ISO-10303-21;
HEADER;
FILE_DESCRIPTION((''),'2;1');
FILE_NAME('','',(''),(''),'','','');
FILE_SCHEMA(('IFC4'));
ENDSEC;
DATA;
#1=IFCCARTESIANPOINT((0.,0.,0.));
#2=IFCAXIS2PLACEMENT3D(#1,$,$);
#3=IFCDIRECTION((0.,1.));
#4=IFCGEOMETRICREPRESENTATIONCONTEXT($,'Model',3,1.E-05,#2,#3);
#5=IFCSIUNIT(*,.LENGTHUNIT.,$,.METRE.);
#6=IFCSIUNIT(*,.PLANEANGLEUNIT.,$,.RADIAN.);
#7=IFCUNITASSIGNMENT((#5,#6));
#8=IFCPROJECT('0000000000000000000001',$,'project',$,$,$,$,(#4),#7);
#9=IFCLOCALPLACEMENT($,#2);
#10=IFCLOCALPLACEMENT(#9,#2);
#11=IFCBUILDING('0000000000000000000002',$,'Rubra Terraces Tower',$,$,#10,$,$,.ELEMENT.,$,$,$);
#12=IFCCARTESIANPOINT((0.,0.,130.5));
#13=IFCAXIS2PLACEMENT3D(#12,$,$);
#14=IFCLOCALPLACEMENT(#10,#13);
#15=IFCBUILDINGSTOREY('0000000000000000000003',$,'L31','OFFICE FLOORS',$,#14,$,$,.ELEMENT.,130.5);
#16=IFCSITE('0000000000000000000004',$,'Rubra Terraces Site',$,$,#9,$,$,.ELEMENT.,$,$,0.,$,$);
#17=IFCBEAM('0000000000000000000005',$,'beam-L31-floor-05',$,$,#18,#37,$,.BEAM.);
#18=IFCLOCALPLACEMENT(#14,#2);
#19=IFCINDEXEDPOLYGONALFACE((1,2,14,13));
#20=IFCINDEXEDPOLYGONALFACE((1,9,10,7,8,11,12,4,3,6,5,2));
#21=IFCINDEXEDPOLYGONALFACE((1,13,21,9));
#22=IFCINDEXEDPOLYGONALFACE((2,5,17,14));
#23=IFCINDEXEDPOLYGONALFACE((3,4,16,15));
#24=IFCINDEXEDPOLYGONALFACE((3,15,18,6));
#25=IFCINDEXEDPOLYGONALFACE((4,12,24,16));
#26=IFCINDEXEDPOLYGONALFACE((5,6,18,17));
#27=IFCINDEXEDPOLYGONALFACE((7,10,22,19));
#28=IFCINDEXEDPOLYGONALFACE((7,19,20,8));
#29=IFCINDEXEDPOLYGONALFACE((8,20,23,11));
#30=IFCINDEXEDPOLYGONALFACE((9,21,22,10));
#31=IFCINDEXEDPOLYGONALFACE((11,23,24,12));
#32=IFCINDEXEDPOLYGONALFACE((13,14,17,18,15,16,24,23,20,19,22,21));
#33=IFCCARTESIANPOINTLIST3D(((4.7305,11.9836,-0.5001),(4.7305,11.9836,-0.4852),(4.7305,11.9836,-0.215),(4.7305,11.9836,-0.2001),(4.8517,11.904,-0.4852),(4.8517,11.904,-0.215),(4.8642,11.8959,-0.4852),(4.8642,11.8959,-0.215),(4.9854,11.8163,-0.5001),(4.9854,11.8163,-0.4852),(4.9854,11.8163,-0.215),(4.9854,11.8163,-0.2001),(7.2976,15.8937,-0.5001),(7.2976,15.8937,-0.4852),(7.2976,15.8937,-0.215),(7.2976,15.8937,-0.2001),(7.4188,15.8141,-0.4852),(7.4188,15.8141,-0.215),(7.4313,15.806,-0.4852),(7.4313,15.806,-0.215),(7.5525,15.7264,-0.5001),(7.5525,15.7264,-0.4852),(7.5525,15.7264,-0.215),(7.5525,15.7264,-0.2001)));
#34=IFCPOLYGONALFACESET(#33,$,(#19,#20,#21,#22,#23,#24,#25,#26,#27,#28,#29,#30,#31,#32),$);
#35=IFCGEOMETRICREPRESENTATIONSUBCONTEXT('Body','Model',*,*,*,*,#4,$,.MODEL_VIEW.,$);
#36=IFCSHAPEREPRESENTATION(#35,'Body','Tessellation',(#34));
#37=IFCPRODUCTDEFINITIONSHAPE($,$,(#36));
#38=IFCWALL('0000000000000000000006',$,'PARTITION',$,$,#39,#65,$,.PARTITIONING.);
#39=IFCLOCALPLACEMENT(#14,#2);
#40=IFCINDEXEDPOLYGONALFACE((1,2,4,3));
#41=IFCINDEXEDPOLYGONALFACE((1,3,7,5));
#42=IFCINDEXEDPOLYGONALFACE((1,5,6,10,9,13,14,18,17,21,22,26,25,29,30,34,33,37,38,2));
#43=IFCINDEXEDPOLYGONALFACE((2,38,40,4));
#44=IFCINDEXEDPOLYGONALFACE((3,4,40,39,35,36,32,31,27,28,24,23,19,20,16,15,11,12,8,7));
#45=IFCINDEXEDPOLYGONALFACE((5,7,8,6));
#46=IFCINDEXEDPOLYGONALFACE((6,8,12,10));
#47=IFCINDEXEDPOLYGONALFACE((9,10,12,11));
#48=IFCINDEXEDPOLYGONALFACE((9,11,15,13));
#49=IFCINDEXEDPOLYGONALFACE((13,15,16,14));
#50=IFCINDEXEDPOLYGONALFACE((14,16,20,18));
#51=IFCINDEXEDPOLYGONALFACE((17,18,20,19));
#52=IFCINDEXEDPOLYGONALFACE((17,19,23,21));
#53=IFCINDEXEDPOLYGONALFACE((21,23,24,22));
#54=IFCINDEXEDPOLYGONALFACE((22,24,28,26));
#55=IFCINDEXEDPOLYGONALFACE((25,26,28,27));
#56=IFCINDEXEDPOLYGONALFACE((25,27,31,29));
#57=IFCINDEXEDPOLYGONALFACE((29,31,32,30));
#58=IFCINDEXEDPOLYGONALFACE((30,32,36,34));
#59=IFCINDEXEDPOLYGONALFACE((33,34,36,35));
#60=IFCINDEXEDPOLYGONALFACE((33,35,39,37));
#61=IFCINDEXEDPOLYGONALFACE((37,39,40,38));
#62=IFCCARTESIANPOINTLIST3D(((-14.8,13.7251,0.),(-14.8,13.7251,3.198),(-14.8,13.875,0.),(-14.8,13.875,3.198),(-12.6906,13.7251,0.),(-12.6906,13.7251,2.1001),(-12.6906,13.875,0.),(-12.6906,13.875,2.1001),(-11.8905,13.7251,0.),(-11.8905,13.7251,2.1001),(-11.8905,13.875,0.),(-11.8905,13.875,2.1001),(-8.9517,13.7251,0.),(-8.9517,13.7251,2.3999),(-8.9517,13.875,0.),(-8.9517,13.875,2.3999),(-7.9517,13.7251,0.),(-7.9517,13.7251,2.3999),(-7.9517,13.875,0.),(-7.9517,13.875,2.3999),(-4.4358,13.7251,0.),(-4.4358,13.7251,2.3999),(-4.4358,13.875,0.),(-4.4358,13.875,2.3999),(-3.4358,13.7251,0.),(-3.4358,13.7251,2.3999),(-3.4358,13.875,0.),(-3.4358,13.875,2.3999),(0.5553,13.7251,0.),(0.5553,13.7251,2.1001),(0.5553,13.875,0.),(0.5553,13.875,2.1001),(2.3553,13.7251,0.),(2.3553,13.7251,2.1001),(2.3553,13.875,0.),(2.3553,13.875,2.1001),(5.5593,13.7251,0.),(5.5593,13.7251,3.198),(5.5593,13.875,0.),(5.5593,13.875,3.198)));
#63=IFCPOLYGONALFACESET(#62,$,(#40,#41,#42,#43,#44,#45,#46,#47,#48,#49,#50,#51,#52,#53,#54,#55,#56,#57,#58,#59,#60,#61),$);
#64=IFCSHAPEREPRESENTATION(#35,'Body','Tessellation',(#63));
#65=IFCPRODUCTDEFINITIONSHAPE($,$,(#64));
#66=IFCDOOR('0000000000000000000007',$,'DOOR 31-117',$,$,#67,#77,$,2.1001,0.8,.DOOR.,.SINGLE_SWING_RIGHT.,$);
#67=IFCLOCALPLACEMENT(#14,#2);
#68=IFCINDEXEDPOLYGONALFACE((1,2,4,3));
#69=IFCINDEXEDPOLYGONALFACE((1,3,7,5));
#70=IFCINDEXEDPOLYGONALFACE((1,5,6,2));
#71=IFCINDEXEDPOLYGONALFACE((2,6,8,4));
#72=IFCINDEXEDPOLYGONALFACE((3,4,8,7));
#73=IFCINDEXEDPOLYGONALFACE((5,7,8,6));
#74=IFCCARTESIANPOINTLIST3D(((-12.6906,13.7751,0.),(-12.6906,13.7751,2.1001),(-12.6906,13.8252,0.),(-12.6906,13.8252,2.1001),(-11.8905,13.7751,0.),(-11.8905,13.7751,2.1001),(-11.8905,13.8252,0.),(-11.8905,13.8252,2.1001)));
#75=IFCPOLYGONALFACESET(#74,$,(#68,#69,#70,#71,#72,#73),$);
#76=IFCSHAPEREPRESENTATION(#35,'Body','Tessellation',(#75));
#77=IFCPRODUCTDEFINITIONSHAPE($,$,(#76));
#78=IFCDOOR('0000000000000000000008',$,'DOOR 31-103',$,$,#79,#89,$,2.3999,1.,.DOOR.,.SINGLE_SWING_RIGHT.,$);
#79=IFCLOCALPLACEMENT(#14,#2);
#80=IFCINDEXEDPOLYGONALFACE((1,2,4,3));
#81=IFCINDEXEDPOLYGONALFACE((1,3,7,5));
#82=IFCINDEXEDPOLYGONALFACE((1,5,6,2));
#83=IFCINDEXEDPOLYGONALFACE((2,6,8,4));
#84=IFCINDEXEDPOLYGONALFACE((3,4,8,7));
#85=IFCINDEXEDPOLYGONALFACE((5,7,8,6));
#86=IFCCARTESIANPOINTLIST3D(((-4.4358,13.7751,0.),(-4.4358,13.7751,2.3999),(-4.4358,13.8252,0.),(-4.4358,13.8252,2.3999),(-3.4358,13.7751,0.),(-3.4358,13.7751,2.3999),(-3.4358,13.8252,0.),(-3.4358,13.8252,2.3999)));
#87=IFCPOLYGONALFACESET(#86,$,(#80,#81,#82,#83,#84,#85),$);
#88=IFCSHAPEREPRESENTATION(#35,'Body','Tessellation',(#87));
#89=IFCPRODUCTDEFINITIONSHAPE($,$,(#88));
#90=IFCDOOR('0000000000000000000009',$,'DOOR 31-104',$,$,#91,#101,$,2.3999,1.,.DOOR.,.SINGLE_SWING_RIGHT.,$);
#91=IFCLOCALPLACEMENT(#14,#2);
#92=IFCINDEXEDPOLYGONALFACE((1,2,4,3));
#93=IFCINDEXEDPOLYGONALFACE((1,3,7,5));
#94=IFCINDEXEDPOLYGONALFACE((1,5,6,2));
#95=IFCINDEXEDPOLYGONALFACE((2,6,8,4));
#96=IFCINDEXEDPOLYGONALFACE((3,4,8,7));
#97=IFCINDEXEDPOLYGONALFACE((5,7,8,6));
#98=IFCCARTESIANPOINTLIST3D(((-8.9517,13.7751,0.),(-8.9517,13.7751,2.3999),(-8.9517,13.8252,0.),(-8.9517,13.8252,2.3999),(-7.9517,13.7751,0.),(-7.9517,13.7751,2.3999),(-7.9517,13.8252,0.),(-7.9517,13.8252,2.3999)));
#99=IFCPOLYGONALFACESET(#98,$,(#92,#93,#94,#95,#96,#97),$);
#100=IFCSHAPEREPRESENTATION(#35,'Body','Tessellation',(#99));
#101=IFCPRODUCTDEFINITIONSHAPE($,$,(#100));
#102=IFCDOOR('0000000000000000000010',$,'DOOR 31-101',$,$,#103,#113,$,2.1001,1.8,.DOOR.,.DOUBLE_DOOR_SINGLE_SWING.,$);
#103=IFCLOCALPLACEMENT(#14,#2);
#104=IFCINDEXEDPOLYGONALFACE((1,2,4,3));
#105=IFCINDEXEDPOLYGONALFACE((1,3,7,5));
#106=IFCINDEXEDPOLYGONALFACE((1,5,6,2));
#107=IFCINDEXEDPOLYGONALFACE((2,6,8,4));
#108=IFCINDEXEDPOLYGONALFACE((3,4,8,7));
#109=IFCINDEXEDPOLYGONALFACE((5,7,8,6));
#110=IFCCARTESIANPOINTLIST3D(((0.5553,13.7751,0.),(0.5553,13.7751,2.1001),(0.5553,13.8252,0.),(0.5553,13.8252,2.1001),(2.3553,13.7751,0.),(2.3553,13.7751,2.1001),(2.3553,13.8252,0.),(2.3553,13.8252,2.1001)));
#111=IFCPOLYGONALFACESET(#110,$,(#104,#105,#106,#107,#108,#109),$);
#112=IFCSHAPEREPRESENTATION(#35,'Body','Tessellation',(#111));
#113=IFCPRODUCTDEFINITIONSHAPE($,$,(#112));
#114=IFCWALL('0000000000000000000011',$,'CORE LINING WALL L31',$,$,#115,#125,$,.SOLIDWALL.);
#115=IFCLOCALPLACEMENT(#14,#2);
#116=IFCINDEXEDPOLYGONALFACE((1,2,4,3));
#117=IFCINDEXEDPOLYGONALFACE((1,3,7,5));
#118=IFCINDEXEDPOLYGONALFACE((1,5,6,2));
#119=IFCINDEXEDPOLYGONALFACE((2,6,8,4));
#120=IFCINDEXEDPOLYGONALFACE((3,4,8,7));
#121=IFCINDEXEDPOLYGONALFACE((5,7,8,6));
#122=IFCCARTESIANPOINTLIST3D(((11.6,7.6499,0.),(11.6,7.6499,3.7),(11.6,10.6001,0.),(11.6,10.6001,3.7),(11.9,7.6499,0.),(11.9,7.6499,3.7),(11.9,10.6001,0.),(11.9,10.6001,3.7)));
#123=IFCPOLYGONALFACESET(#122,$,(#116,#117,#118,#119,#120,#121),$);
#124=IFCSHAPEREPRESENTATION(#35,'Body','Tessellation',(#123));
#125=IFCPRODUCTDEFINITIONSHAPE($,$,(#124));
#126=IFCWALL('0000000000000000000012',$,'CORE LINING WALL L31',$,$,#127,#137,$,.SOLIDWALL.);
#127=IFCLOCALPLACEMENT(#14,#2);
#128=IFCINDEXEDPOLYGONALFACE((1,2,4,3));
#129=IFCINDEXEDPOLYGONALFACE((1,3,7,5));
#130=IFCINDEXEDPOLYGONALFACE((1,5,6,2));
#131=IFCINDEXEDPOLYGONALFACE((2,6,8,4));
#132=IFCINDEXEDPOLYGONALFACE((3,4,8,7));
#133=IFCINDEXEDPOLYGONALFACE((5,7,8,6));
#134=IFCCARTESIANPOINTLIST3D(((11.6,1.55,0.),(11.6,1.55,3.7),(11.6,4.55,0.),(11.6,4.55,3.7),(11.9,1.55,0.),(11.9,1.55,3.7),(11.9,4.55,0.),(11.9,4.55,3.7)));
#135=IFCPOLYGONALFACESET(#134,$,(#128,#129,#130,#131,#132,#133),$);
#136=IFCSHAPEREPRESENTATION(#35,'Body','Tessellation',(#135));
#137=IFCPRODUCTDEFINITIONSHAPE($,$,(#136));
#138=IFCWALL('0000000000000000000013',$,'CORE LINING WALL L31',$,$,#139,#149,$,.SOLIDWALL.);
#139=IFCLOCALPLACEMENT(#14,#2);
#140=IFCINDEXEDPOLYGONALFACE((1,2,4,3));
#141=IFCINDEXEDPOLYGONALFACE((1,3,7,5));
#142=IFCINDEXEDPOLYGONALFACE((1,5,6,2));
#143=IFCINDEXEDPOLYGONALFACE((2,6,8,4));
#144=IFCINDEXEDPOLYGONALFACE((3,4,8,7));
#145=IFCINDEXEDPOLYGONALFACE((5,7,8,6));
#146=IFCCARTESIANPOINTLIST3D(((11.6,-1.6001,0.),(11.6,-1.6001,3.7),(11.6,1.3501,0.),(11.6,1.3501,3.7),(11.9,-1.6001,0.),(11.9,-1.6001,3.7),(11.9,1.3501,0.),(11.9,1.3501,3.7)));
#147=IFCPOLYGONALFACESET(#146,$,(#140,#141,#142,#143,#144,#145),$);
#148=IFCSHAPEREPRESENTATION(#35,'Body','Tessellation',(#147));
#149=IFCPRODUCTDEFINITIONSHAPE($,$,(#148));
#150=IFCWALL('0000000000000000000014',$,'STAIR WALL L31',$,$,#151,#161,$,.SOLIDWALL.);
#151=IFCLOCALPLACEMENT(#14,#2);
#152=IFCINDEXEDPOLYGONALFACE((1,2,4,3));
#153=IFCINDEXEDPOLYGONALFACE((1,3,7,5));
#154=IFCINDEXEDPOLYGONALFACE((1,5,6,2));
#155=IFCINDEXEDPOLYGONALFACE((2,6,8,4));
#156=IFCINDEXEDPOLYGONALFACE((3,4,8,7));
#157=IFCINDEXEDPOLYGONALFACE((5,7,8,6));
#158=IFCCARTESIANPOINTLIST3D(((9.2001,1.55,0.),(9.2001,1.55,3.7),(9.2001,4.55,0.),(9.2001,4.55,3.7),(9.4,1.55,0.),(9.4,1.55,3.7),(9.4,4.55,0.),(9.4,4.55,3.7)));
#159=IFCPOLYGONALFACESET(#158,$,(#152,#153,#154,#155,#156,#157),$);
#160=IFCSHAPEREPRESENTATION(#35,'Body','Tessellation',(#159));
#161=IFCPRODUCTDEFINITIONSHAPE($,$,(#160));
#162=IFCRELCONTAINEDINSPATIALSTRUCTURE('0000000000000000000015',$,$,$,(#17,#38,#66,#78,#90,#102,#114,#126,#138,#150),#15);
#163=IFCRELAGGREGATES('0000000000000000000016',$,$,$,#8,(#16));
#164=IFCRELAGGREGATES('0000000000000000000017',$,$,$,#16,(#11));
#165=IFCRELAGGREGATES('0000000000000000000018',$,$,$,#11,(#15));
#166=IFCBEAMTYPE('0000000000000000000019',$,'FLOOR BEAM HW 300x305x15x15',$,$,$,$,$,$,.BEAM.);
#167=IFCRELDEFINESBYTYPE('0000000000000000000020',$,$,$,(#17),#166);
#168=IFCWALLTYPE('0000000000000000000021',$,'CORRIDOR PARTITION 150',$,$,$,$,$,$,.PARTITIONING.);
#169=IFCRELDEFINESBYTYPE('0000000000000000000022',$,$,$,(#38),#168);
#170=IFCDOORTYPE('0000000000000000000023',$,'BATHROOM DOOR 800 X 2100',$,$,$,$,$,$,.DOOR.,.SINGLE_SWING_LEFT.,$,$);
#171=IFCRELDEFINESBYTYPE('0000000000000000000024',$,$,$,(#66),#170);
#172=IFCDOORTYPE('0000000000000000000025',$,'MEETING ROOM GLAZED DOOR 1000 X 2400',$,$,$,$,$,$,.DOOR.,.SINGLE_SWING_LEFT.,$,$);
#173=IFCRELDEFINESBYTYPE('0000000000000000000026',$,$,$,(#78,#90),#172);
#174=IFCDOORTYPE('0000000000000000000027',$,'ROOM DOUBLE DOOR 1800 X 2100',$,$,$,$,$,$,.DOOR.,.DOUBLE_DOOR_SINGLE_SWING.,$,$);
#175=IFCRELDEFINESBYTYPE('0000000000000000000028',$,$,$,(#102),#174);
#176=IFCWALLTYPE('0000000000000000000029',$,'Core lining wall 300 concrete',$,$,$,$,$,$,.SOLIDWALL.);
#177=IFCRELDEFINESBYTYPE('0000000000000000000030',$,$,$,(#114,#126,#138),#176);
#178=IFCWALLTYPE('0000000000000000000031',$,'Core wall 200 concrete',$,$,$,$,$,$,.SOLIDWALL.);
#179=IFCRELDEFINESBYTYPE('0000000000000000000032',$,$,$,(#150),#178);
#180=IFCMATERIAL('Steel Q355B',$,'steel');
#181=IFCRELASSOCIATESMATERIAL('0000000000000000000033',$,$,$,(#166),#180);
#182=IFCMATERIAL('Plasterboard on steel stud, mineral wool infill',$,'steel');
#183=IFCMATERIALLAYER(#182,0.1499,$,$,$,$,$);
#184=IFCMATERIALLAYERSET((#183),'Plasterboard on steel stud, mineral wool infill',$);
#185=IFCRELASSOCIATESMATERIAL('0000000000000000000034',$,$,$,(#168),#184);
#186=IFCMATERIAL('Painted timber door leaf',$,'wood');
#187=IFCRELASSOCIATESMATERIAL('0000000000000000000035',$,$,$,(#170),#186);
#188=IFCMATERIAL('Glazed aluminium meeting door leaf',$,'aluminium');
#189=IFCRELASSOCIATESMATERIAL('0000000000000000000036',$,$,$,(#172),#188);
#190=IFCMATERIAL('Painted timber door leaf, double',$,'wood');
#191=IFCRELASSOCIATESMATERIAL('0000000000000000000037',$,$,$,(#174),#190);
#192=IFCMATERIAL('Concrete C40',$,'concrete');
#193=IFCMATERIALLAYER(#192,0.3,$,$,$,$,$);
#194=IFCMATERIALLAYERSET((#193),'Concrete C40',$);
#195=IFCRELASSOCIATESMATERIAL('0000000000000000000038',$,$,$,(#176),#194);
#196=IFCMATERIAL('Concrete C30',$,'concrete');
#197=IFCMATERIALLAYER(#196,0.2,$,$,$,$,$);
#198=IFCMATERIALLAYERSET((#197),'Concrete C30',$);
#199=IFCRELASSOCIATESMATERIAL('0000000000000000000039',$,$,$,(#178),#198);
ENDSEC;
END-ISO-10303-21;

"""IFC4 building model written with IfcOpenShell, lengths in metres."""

from ifc_helpers import new_model, si_unit, direction, frame, frame_2d, origin, origin_2d, place, context, subcontext, project, spatial, rectangle, i_section, extrude, material, layer, layer_set, material_profile, profile_set, type_object, element, fill, save


model = new_model("IFC4")

# Units and contexts
model_context = context("Model", 3, precision=1e-05, world=origin(), true_north=direction((0.0, 1.0)))
body_context = subcontext(model_context, "Body", "Model", "MODEL_VIEW")
ifc_project = project(units=[si_unit("LENGTHUNIT", "METRE"), si_unit("PLANEANGLEUNIT", "RADIAN")], contexts=[model_context])

# Site, building, storey
site_placement = place(None, origin())
site = spatial("IfcSite", under=ifc_project, at=site_placement, Name="Rubra Terraces Site", CompositionType="ELEMENT", RefElevation=0.0)
building_placement = place(site_placement, origin())
building = spatial("IfcBuilding", under=site, at=building_placement, Name="Rubra Terraces Tower", CompositionType="ELEMENT")
storey_placement = place(building_placement, frame((0.0, 0.0, 130.5)))
storey = spatial("IfcBuildingStorey", under=building, at=storey_placement, Name="L31", Description="OFFICE FLOORS", CompositionType="ELEMENT", Elevation=130.5)

# Beam
ifc_material_1 = material(Name="Steel Q355B", Category="steel")
ifc_material_profile = material_profile(ifc_material_1, i_section(OverallWidth=0.3049, OverallDepth=0.3, WebThickness=0.0149, FlangeThickness=0.0149, at=origin_2d()), Name="HW 300x305x15x15")
ifc_profile_set = profile_set([ifc_material_profile], Name="Steel Q355B")
beam_type = type_object("IfcBeamType", Name="FLOOR BEAM HW 300x305x15x15", PredefinedType="BEAM", material=ifc_profile_set)
beam_placement = place(storey_placement, frame((7.425, 15.8101, -0.3501), z_axis=(-0.548821, -0.83594, 0.0), x_axis=(0.83594, -0.548821, 0.0)))
element("IfcBeam", 1, at=beam_placement, inside=storey, type_object=beam_type, Name="beam-L31-floor-05", PredefinedType="BEAM", context=body_context, shape_type="SweptSolid", body=[
    extrude(i_section(OverallWidth=0.3049, OverallDepth=0.3, WebThickness=0.0149, FlangeThickness=0.0149, at=origin_2d()), origin(), (0.0, 0.0, 1.0), 4.6775),
])

# Wall, openings, doors
ifc_material_2 = material(Name="Plasterboard on steel stud, mineral wool infill", Category="steel")
ifc_layer_1 = layer(ifc_material_2, 0.1499)
ifc_layer_set_1 = layer_set([ifc_layer_1], Name="Plasterboard on steel stud, mineral wool infill")
wall_type_1 = type_object("IfcWallType", Name="CORRIDOR PARTITION 150", PredefinedType="PARTITIONING", material=ifc_layer_set_1)
wall_1_placement = place(storey_placement, frame((5.5593, 13.8, 0.0), z_axis=(0.0, 0.0, 1.0), x_axis=(-1.0, 0.0, 0.0)))
wall_1 = element("IfcWall", 2, at=wall_1_placement, inside=storey, type_object=wall_type_1, Name="PARTITION", PredefinedType="PARTITIONING", context=body_context, shape_type="SweptSolid", body=[
    extrude(rectangle(XDim=20.3594, YDim=0.1499, at=frame_2d((10.1797, 0.0))), origin(), (0.0, 0.0, 1.0), 3.198),
])
opening_1_placement = place(wall_1_placement, frame((3.2041, 0.0, 0.0)))
opening_1 = element("IfcOpeningElement", 3, at=opening_1_placement, cuts=wall_1, PredefinedType="OPENING", context=body_context, shape_type="SweptSolid", body=[
    extrude(rectangle(XDim=1.8, YDim=2.1001, at=frame_2d((0.8999, 1.05))), frame((0.0, 0.085, 0.0), z_axis=(0.0, -1.0, 0.0), x_axis=(1.0, 0.0, 0.0)), (0.0, 0.0, 1.0), 0.1699),
])
opening_2_placement = place(wall_1_placement, frame((8.9951, 0.0, 0.0)))
opening_2 = element("IfcOpeningElement", 4, at=opening_2_placement, cuts=wall_1, PredefinedType="OPENING", context=body_context, shape_type="SweptSolid", body=[
    extrude(rectangle(XDim=1.0, YDim=2.3999, at=frame_2d((0.5, 1.2))), frame((0.0, 0.085, 0.0), z_axis=(0.0, -1.0, 0.0), x_axis=(1.0, 0.0, 0.0)), (0.0, 0.0, 1.0), 0.1699),
])
opening_3_placement = place(wall_1_placement, frame((13.511, 0.0, 0.0)))
opening_3 = element("IfcOpeningElement", 5, at=opening_3_placement, cuts=wall_1, PredefinedType="OPENING", context=body_context, shape_type="SweptSolid", body=[
    extrude(rectangle(XDim=1.0, YDim=2.3999, at=frame_2d((0.5, 1.2))), frame((0.0, 0.085, 0.0), z_axis=(0.0, -1.0, 0.0), x_axis=(1.0, 0.0, 0.0)), (0.0, 0.0, 1.0), 0.1699),
])
opening_4_placement = place(wall_1_placement, frame((17.45, 0.0, 0.0)))
opening_4 = element("IfcOpeningElement", 6, at=opening_4_placement, cuts=wall_1, PredefinedType="OPENING", context=body_context, shape_type="SweptSolid", body=[
    extrude(rectangle(XDim=0.8, YDim=2.1001, at=frame_2d((0.3999, 1.05))), frame((0.0, 0.085, 0.0), z_axis=(0.0, -1.0, 0.0), x_axis=(1.0, 0.0, 0.0)), (0.0, 0.0, 1.0), 0.1699),
])
ifc_material_3 = material(Name="Painted timber door leaf", Category="wood")
door_type_1 = type_object("IfcDoorType", Name="BATHROOM DOOR 800 X 2100", OperationType="SINGLE_SWING_LEFT", PredefinedType="DOOR", material=ifc_material_3)
door_1_placement = place(opening_4_placement, origin())
door_1 = element("IfcDoor", 7, at=door_1_placement, inside=storey, type_object=door_type_1, Name="DOOR 31-117", OperationType="SINGLE_SWING_RIGHT", OverallHeight=2.1001, OverallWidth=0.8, PredefinedType="DOOR", context=body_context, shape_type="SweptSolid", body=[
    extrude(rectangle(XDim=0.8, YDim=2.1001, at=frame_2d((0.3999, 1.05))), frame((0.0, 0.0249, 0.0), z_axis=(0.0, -1.0, 0.0), x_axis=(1.0, 0.0, 0.0)), (0.0, 0.0, 1.0), 0.05),
])
fill(opening_4, door_1)
ifc_material_4 = material(Name="Glazed aluminium meeting door leaf", Category="aluminium")
door_type_2 = type_object("IfcDoorType", Name="MEETING ROOM GLAZED DOOR 1000 X 2400", OperationType="SINGLE_SWING_LEFT", PredefinedType="DOOR", material=ifc_material_4)
door_2_placement = place(opening_2_placement, origin())
door_2 = element("IfcDoor", 8, at=door_2_placement, inside=storey, type_object=door_type_2, Name="DOOR 31-103", OperationType="SINGLE_SWING_RIGHT", OverallHeight=2.3999, OverallWidth=1.0, PredefinedType="DOOR", context=body_context, shape_type="SweptSolid", body=[
    extrude(rectangle(XDim=1.0, YDim=2.3999, at=frame_2d((0.5, 1.2))), frame((0.0, 0.0249, 0.0), z_axis=(0.0, -1.0, 0.0), x_axis=(1.0, 0.0, 0.0)), (0.0, 0.0, 1.0), 0.05),
])
fill(opening_2, door_2)
door_3_placement = place(opening_3_placement, origin())
door_3 = element("IfcDoor", 9, at=door_3_placement, inside=storey, type_object=door_type_2, Name="DOOR 31-104", OperationType="SINGLE_SWING_RIGHT", OverallHeight=2.3999, OverallWidth=1.0, PredefinedType="DOOR", context=body_context, shape_type="SweptSolid", body=[
    extrude(rectangle(XDim=1.0, YDim=2.3999, at=frame_2d((0.5, 1.2))), frame((0.0, 0.0249, 0.0), z_axis=(0.0, -1.0, 0.0), x_axis=(1.0, 0.0, 0.0)), (0.0, 0.0, 1.0), 0.05),
])
fill(opening_3, door_3)
ifc_material_5 = material(Name="Painted timber door leaf, double", Category="wood")
door_type_3 = type_object("IfcDoorType", Name="ROOM DOUBLE DOOR 1800 X 2100", OperationType="DOUBLE_DOOR_SINGLE_SWING", PredefinedType="DOOR", material=ifc_material_5)
door_4_placement = place(opening_1_placement, origin())
door_4 = element("IfcDoor", 10, at=door_4_placement, inside=storey, type_object=door_type_3, Name="DOOR 31-101", OperationType="DOUBLE_DOOR_SINGLE_SWING", OverallHeight=2.1001, OverallWidth=1.8, PredefinedType="DOOR", context=body_context, shape_type="SweptSolid", body=[
    extrude(rectangle(XDim=1.8, YDim=2.1001, at=frame_2d((0.8999, 1.05))), frame((0.0, 0.0249, 0.0), z_axis=(0.0, -1.0, 0.0), x_axis=(1.0, 0.0, 0.0)), (0.0, 0.0, 1.0), 0.05),
])
fill(opening_1, door_4)

# Walls
ifc_material_6 = material(Name="Concrete C40", Category="concrete")
ifc_layer_2 = layer(ifc_material_6, 0.3)
ifc_layer_set_2 = layer_set([ifc_layer_2], Name="Concrete C40")
wall_type_2 = type_object("IfcWallType", Name="Core lining wall 300 concrete", PredefinedType="SOLIDWALL", material=ifc_layer_set_2)
wall_2_placement = place(storey_placement, frame((11.75, 10.6001, 0.0), z_axis=(0.0, 0.0, 1.0), x_axis=(0.0, -1.0, 0.0)))
element("IfcWall", 11, at=wall_2_placement, inside=storey, type_object=wall_type_2, Name="CORE LINING WALL L31", PredefinedType="SOLIDWALL", context=body_context, shape_type="SweptSolid", body=[
    extrude(rectangle(XDim=2.9502, YDim=0.3, at=frame_2d((1.4751, 0.0))), origin(), (0.0, 0.0, 1.0), 3.7),
])
wall_3_placement = place(storey_placement, frame((11.75, 4.55, 0.0), z_axis=(0.0, 0.0, 1.0), x_axis=(0.0, -1.0, 0.0)))
element("IfcWall", 12, at=wall_3_placement, inside=storey, type_object=wall_type_2, Name="CORE LINING WALL L31", PredefinedType="SOLIDWALL", context=body_context, shape_type="SweptSolid", body=[
    extrude(rectangle(XDim=3.0, YDim=0.3, at=frame_2d((1.5, 0.0))), origin(), (0.0, 0.0, 1.0), 3.7),
])
wall_4_placement = place(storey_placement, frame((11.75, 1.3501, 0.0), z_axis=(0.0, 0.0, 1.0), x_axis=(0.0, -1.0, 0.0)))
element("IfcWall", 13, at=wall_4_placement, inside=storey, type_object=wall_type_2, Name="CORE LINING WALL L31", PredefinedType="SOLIDWALL", context=body_context, shape_type="SweptSolid", body=[
    extrude(rectangle(XDim=2.9502, YDim=0.3, at=frame_2d((1.4751, 0.0))), origin(), (0.0, 0.0, 1.0), 3.7),
])
ifc_material_7 = material(Name="Concrete C30", Category="concrete")
ifc_layer_3 = layer(ifc_material_7, 0.2)
ifc_layer_set_3 = layer_set([ifc_layer_3], Name="Concrete C30")
wall_type_3 = type_object("IfcWallType", Name="Core wall 200 concrete", PredefinedType="SOLIDWALL", material=ifc_layer_set_3)
wall_5_placement = place(storey_placement, frame((9.3, 4.55, 0.0), z_axis=(0.0, 0.0, 1.0), x_axis=(0.0, -1.0, 0.0)))
element("IfcWall", 14, at=wall_5_placement, inside=storey, type_object=wall_type_3, Name="STAIR WALL L31", PredefinedType="SOLIDWALL", context=body_context, shape_type="SweptSolid", body=[
    extrude(rectangle(XDim=3.0, YDim=0.2, at=frame_2d((1.5, 0.0))), origin(), (0.0, 0.0, 1.0), 3.7),
])

save(model, "model.ifc")
